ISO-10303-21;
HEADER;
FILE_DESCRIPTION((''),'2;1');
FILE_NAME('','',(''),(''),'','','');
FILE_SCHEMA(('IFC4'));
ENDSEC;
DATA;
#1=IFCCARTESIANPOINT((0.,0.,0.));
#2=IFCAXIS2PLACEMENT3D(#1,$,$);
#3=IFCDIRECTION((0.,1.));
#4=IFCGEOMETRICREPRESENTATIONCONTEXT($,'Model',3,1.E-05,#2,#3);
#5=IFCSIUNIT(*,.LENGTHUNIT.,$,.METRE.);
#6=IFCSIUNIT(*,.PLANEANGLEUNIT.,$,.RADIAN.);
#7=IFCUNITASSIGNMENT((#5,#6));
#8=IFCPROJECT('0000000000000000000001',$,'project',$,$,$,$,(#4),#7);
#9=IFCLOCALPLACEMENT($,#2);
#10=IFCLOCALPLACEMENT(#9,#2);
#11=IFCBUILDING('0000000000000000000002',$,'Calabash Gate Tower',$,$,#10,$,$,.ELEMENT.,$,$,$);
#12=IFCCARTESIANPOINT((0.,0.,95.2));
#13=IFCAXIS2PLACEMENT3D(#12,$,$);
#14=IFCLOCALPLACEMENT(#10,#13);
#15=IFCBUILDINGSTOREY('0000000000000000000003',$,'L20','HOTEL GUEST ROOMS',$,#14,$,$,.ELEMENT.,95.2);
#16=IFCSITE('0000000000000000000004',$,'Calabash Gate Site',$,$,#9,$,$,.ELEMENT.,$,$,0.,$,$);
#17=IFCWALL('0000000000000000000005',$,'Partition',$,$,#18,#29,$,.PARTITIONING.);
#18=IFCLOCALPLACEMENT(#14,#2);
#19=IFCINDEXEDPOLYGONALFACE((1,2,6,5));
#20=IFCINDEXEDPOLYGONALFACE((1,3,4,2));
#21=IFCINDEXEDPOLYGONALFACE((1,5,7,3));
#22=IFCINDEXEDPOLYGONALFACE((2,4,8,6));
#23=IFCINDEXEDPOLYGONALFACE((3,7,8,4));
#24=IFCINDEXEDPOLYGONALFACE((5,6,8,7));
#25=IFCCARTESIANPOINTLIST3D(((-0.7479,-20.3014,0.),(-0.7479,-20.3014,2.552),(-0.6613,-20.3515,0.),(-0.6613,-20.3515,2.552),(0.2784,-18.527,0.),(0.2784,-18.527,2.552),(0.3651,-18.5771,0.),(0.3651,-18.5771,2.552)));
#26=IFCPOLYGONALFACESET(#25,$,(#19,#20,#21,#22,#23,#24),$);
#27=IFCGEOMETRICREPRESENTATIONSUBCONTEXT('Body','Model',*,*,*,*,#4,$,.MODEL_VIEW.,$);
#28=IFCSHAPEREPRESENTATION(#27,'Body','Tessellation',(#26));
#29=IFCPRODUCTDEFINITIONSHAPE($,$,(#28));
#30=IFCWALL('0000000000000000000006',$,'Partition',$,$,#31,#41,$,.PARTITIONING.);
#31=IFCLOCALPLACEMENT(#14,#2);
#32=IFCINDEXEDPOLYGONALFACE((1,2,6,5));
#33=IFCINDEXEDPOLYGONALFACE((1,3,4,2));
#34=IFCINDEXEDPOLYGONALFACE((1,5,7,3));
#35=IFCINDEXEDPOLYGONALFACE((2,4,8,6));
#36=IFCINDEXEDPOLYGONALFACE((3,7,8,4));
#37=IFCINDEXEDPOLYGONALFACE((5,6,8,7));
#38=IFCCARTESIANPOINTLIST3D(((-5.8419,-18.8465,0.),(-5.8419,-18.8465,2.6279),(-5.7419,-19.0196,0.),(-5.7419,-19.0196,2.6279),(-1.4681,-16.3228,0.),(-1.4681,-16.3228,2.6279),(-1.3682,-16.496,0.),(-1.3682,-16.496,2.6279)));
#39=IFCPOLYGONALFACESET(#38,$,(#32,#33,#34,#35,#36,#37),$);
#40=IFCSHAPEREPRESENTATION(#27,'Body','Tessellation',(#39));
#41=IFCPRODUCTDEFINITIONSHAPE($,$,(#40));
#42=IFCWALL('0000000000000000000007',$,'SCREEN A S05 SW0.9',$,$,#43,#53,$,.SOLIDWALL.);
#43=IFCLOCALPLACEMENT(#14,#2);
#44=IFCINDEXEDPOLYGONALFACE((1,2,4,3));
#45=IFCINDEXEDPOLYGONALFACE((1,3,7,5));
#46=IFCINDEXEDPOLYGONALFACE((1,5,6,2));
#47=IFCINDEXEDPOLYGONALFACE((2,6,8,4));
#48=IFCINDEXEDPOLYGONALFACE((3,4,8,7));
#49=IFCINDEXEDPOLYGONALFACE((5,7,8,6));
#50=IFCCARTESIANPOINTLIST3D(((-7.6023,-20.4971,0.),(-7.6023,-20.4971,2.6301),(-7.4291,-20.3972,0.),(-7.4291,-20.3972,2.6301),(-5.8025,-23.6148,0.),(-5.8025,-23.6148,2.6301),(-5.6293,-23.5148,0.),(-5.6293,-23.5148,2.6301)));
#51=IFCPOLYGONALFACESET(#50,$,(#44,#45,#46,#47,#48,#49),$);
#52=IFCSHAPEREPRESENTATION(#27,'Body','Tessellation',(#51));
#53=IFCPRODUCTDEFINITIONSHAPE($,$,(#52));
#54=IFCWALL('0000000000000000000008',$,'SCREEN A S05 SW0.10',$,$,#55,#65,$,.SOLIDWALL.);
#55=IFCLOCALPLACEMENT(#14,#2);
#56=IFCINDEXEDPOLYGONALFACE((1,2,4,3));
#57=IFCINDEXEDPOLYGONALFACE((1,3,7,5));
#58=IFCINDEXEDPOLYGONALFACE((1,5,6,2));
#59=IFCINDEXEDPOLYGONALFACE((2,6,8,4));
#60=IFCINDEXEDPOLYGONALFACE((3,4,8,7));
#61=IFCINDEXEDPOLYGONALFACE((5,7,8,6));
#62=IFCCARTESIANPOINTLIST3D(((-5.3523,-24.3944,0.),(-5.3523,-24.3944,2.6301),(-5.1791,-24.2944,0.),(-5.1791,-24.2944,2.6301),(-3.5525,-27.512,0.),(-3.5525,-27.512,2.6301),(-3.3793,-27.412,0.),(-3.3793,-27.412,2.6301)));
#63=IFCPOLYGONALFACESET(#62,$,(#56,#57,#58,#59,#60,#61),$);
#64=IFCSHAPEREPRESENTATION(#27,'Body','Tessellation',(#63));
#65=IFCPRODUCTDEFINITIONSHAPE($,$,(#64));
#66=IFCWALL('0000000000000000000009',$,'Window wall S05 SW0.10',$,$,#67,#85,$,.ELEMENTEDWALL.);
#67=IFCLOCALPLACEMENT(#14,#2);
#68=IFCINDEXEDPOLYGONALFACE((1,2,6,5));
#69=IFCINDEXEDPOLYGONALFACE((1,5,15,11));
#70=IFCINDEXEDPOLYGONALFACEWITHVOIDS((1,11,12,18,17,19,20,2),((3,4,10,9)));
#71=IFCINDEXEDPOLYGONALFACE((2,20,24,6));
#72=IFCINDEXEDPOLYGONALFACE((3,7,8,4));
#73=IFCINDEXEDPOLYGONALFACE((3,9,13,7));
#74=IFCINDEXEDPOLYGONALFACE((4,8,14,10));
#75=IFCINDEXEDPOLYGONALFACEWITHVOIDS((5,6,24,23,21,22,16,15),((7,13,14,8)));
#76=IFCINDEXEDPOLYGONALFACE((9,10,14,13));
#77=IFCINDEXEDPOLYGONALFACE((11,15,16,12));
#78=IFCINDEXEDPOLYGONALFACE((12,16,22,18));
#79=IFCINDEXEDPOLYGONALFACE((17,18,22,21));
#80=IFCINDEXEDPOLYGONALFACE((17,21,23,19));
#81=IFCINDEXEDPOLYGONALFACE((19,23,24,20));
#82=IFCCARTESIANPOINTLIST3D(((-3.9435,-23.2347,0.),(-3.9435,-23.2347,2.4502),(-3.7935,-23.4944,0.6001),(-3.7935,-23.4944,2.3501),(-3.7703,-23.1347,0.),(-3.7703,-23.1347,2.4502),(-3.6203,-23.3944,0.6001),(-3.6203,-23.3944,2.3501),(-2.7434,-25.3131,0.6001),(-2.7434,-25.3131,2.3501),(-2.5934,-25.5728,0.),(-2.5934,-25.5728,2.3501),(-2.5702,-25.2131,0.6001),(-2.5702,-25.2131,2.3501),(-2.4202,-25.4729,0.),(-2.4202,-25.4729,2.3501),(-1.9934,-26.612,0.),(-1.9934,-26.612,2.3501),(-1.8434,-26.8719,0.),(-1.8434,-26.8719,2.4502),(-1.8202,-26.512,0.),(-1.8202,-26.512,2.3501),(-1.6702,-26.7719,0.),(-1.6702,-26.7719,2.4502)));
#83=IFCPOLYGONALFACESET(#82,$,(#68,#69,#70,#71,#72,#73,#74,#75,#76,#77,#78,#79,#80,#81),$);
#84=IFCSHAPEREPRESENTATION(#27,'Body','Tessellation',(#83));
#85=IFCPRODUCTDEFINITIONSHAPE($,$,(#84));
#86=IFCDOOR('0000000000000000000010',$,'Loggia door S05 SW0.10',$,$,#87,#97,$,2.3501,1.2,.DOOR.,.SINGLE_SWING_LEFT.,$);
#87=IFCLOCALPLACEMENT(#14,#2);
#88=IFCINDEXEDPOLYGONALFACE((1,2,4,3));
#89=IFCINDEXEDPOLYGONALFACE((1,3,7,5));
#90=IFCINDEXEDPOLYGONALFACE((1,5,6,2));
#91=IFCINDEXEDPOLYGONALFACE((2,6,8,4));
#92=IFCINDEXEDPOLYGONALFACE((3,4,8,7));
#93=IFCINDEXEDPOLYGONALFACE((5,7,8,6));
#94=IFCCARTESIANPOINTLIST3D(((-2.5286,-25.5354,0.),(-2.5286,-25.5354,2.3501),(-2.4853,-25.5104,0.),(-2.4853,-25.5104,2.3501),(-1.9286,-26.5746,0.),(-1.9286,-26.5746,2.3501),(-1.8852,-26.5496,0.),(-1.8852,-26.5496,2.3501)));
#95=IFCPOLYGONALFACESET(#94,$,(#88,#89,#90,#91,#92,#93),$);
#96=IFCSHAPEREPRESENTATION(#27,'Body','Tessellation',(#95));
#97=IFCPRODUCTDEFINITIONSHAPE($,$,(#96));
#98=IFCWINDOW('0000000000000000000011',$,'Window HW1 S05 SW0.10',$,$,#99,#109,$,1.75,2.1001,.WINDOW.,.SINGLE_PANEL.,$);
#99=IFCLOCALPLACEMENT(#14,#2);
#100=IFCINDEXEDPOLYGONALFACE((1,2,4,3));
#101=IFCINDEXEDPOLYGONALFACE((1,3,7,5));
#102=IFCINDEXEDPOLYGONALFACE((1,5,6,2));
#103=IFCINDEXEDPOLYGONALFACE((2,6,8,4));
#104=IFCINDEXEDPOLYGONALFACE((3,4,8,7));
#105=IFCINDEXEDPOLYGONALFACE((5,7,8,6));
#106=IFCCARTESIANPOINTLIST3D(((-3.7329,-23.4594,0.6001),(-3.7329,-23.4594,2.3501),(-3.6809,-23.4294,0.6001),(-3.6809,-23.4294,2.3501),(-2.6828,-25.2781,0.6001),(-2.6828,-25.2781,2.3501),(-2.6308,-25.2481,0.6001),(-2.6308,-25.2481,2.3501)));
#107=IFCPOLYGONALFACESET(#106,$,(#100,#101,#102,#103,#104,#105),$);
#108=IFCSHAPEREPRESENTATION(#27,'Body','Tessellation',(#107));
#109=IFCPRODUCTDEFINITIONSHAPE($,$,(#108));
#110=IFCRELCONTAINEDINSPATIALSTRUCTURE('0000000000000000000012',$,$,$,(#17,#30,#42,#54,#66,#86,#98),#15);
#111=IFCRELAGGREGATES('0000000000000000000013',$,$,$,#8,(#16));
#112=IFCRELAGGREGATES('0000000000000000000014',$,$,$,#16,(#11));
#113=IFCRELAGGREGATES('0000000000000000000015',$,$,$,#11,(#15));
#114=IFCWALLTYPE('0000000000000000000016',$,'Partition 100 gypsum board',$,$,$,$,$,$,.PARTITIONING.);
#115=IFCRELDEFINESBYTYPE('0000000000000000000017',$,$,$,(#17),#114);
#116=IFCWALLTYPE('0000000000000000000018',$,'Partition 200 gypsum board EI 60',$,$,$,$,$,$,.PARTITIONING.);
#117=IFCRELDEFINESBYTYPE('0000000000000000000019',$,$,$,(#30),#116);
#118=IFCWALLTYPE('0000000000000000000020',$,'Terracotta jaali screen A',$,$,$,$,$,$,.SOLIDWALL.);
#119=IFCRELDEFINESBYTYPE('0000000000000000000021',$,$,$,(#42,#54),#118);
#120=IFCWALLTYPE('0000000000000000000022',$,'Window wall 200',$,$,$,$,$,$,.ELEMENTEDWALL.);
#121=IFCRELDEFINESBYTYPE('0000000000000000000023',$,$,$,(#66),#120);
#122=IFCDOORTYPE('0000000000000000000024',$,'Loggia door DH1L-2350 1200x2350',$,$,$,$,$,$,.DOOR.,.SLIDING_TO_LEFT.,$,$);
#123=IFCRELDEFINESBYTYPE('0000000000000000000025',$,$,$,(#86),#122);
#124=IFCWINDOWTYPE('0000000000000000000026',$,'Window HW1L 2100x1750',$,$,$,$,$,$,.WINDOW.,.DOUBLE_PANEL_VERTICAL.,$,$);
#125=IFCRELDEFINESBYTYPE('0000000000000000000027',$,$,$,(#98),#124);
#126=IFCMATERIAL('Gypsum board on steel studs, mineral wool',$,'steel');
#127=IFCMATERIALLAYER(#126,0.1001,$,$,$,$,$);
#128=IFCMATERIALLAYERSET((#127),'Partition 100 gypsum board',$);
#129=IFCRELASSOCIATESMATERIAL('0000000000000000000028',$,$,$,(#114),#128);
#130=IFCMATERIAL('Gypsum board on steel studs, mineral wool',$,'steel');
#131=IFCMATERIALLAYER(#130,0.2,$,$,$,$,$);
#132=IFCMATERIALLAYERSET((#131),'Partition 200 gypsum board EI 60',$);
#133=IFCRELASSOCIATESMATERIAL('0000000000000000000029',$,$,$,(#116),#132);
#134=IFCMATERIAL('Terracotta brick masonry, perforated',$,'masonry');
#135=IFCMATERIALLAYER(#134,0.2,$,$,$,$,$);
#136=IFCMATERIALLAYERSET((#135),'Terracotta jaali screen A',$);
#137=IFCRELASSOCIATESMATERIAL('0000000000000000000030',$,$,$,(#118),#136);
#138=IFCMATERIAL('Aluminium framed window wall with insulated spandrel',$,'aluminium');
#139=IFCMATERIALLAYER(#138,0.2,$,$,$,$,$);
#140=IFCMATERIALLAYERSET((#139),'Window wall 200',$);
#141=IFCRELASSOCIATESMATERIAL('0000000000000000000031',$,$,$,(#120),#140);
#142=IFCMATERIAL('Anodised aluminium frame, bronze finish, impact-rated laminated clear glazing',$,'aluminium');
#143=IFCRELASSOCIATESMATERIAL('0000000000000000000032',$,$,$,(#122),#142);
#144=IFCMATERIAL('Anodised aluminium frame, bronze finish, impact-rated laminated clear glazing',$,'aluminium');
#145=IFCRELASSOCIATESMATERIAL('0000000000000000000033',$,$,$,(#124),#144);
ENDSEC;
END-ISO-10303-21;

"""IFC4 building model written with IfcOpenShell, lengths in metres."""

from ifc_helpers import new_model, si_unit, direction, frame, frame_2d, origin, place, context, subcontext, project, spatial, rectangle, extrude, material, layer, layer_set, type_object, element, fill, save


model = new_model("IFC4")

# Units and contexts
model_context = context("Model", 3, precision=1e-05, world=origin(), true_north=direction((0.0, 1.0)))
body_context = subcontext(model_context, "Body", "Model", "MODEL_VIEW")
ifc_project = project(units=[si_unit("LENGTHUNIT", "METRE"), si_unit("PLANEANGLEUNIT", "RADIAN")], contexts=[model_context])

# Site, building, storey
site_placement = place(None, origin())
site = spatial("IfcSite", under=ifc_project, at=site_placement, Name="Calabash Gate Site", CompositionType="ELEMENT", RefElevation=0.0)
building_placement = place(site_placement, origin())
building = spatial("IfcBuilding", under=site, at=building_placement, Name="Calabash Gate Tower", CompositionType="ELEMENT")
storey_placement = place(building_placement, frame((0.0, 0.0, 95.2)))
storey = spatial("IfcBuildingStorey", under=building, at=storey_placement, Name="L20", Description="HOTEL GUEST ROOMS", CompositionType="ELEMENT", Elevation=95.2)

# Shared definitions
ifc_material_1 = material(Name="Gypsum board on steel studs, mineral wool", Category="steel")
ifc_layer_1 = layer(ifc_material_1, 0.1001)
ifc_layer_set_1 = layer_set([ifc_layer_1], Name="Partition 100 gypsum board")
wall_type_1 = type_object("IfcWallType", Name="Partition 100 gypsum board", PredefinedType="PARTITIONING", material=ifc_layer_set_1)

# Walls
wall_1_placement = place(storey_placement, frame((-0.7046, -20.3264, 0.0), z_axis=(0.0, 0.0, 1.0), x_axis=(0.500698, 0.865622, 0.0)))
element("IfcWall", 1, at=wall_1_placement, inside=storey, type_object=wall_type_1, Name="Partition", PredefinedType="PARTITIONING", context=body_context, shape_type="SweptSolid", body=[
    extrude(rectangle(XDim=2.0498, YDim=0.1001, at=frame_2d((1.0249, 0.0))), origin(), (0.0, 0.0, 1.0), 2.552),
])
ifc_material_2 = material(Name="Gypsum board on steel studs, mineral wool", Category="steel")
ifc_layer_2 = layer(ifc_material_2, 0.2)
ifc_layer_set_2 = layer_set([ifc_layer_2], Name="Partition 200 gypsum board EI 60")
wall_type_2 = type_object("IfcWallType", Name="Partition 200 gypsum board EI 60", PredefinedType="PARTITIONING", material=ifc_layer_set_2)
wall_2_placement = place(storey_placement, frame((-5.792, -18.9331, 0.0), z_axis=(0.0, 0.0, 1.0), x_axis=(0.866156, 0.499774, 0.0)))
element("IfcWall", 2, at=wall_2_placement, inside=storey, type_object=wall_type_2, Name="Partition", PredefinedType="PARTITIONING", context=body_context, shape_type="SweptSolid", body=[
    extrude(rectangle(XDim=5.0496, YDim=0.2, at=frame_2d((2.5249, 0.0))), origin(), (0.0, 0.0, 1.0), 2.6279),
])
ifc_material_3 = material(Name="Terracotta brick masonry, perforated", Category="masonry")
ifc_layer_3 = layer(ifc_material_3, 0.2)
ifc_layer_set_3 = layer_set([ifc_layer_3], Name="Terracotta jaali screen A")
wall_type_3 = type_object("IfcWallType", Name="Terracotta jaali screen A", PredefinedType="SOLIDWALL", material=ifc_layer_set_3)
for number, where, z_axis, x_axis, name in (
    (3, (-7.5156, -20.4473, 0.0), (0.0, 0.0, 1.0), (0.499961, -0.866048, 0.0), "SCREEN A S05 SW0.9"),
    (4, (-5.2656, -24.3445, 0.0), (0.0, 0.0, 1.0), (0.499961, -0.866048, 0.0), "SCREEN A S05 SW0.10"),
):
    element("IfcWall", number, at=place(storey_placement, frame(where, z_axis=z_axis, x_axis=x_axis)), inside=storey, type_object=wall_type_3, Name=name, PredefinedType="SOLIDWALL", context=body_context, shape_type="SweptSolid", body=[
        extrude(rectangle(XDim=3.5999, YDim=0.2, at=frame_2d((1.7998, 0.0))), origin(), (0.0, 0.0, 1.0), 2.6301),
    ])

# Wall, openings, door, window
ifc_material_4 = material(Name="Aluminium framed window wall with insulated spandrel", Category="aluminium")
ifc_layer_4 = layer(ifc_material_4, 0.2)
ifc_layer_set_4 = layer_set([ifc_layer_4], Name="Window wall 200")
wall_type_4 = type_object("IfcWallType", Name="Window wall 200", PredefinedType="ELEMENTEDWALL", material=ifc_layer_set_4)
wall_3_placement = place(storey_placement, frame((-3.8569, -23.1846, 0.0), z_axis=(0.0, 0.0, 1.0), x_axis=(0.500028, -0.866009, 0.0)))
wall_3 = element("IfcWall", 5, at=wall_3_placement, inside=storey, type_object=wall_type_4, Name="Window wall S05 SW0.10", PredefinedType="ELEMENTEDWALL", context=body_context, shape_type="SweptSolid", body=[
    extrude(rectangle(XDim=4.2, YDim=0.2, at=frame_2d((2.1001, 0.0))), origin(), (0.0, 0.0, 1.0), 2.4502),
])
opening_1_placement = place(wall_3_placement, frame((0.3, 0.0, 0.6001)))
opening_1 = element("IfcOpeningElement", 6, at=opening_1_placement, cuts=wall_3, PredefinedType="OPENING", context=body_context, shape_type="SweptSolid", body=[
    extrude(rectangle(XDim=2.1001, YDim=1.75, at=frame_2d((1.05, 0.875))), frame((0.0, 0.1099, 0.0), z_axis=(0.0, -1.0, 0.0), x_axis=(1.0, 0.0, 0.0)), (0.0, 0.0, 1.0), 0.22),
])
opening_2_placement = place(wall_3_placement, frame((2.7, 0.0, 0.0)))
opening_2 = element("IfcOpeningElement", 7, at=opening_2_placement, cuts=wall_3, PredefinedType="OPENING", context=body_context, shape_type="SweptSolid", body=[
    extrude(rectangle(XDim=1.2, YDim=2.3501, at=frame_2d((0.6001, 1.175))), frame((0.0, 0.1099, 0.0), z_axis=(0.0, -1.0, 0.0), x_axis=(1.0, 0.0, 0.0)), (0.0, 0.0, 1.0), 0.22),
])
ifc_material_5 = material(Name="Anodised aluminium frame, bronze finish, impact-rated laminated clear glazing", Category="aluminium")
door_type_1 = type_object("IfcDoorType", Name="Loggia door DH1L-2350 1200x2350", OperationType="SLIDING_TO_LEFT", PredefinedType="DOOR", material=ifc_material_5)
door_1_placement = place(opening_2_placement, origin())
door_1 = element("IfcDoor", 8, at=door_1_placement, inside=storey, type_object=door_type_1, Name="Loggia door S05 SW0.10", OperationType="SINGLE_SWING_LEFT", OverallHeight=2.3501, OverallWidth=1.2, PredefinedType="DOOR", context=body_context, shape_type="SweptSolid", body=[
    extrude(rectangle(XDim=1.2, YDim=2.3501, at=frame_2d((0.6001, 1.175))), frame((0.0, 0.0249, 0.0), z_axis=(0.0, -1.0, 0.0), x_axis=(1.0, 0.0, 0.0)), (0.0, 0.0, 1.0), 0.05),
])
fill(opening_2, door_1)
ifc_material_6 = material(Name="Anodised aluminium frame, bronze finish, impact-rated laminated clear glazing", Category="aluminium")
window_type_1 = type_object("IfcWindowType", Name="Window HW1L 2100x1750", PartitioningType="DOUBLE_PANEL_VERTICAL", PredefinedType="WINDOW", material=ifc_material_6)
window_1_placement = place(opening_1_placement, origin())
window_1 = element("IfcWindow", 9, at=window_1_placement, inside=storey, type_object=window_type_1, Name="Window HW1 S05 SW0.10", OverallHeight=1.75, OverallWidth=2.1001, PartitioningType="SINGLE_PANEL", PredefinedType="WINDOW", context=body_context, shape_type="SweptSolid", body=[
    extrude(rectangle(XDim=2.1001, YDim=1.75, at=frame_2d((1.05, 0.875))), frame((0.0, 0.03, 0.0), z_axis=(0.0, -1.0, 0.0), x_axis=(1.0, 0.0, 0.0)), (0.0, 0.0, 1.0), 0.0601),
])
fill(opening_1, window_1)

save(model, "model.ifc")
